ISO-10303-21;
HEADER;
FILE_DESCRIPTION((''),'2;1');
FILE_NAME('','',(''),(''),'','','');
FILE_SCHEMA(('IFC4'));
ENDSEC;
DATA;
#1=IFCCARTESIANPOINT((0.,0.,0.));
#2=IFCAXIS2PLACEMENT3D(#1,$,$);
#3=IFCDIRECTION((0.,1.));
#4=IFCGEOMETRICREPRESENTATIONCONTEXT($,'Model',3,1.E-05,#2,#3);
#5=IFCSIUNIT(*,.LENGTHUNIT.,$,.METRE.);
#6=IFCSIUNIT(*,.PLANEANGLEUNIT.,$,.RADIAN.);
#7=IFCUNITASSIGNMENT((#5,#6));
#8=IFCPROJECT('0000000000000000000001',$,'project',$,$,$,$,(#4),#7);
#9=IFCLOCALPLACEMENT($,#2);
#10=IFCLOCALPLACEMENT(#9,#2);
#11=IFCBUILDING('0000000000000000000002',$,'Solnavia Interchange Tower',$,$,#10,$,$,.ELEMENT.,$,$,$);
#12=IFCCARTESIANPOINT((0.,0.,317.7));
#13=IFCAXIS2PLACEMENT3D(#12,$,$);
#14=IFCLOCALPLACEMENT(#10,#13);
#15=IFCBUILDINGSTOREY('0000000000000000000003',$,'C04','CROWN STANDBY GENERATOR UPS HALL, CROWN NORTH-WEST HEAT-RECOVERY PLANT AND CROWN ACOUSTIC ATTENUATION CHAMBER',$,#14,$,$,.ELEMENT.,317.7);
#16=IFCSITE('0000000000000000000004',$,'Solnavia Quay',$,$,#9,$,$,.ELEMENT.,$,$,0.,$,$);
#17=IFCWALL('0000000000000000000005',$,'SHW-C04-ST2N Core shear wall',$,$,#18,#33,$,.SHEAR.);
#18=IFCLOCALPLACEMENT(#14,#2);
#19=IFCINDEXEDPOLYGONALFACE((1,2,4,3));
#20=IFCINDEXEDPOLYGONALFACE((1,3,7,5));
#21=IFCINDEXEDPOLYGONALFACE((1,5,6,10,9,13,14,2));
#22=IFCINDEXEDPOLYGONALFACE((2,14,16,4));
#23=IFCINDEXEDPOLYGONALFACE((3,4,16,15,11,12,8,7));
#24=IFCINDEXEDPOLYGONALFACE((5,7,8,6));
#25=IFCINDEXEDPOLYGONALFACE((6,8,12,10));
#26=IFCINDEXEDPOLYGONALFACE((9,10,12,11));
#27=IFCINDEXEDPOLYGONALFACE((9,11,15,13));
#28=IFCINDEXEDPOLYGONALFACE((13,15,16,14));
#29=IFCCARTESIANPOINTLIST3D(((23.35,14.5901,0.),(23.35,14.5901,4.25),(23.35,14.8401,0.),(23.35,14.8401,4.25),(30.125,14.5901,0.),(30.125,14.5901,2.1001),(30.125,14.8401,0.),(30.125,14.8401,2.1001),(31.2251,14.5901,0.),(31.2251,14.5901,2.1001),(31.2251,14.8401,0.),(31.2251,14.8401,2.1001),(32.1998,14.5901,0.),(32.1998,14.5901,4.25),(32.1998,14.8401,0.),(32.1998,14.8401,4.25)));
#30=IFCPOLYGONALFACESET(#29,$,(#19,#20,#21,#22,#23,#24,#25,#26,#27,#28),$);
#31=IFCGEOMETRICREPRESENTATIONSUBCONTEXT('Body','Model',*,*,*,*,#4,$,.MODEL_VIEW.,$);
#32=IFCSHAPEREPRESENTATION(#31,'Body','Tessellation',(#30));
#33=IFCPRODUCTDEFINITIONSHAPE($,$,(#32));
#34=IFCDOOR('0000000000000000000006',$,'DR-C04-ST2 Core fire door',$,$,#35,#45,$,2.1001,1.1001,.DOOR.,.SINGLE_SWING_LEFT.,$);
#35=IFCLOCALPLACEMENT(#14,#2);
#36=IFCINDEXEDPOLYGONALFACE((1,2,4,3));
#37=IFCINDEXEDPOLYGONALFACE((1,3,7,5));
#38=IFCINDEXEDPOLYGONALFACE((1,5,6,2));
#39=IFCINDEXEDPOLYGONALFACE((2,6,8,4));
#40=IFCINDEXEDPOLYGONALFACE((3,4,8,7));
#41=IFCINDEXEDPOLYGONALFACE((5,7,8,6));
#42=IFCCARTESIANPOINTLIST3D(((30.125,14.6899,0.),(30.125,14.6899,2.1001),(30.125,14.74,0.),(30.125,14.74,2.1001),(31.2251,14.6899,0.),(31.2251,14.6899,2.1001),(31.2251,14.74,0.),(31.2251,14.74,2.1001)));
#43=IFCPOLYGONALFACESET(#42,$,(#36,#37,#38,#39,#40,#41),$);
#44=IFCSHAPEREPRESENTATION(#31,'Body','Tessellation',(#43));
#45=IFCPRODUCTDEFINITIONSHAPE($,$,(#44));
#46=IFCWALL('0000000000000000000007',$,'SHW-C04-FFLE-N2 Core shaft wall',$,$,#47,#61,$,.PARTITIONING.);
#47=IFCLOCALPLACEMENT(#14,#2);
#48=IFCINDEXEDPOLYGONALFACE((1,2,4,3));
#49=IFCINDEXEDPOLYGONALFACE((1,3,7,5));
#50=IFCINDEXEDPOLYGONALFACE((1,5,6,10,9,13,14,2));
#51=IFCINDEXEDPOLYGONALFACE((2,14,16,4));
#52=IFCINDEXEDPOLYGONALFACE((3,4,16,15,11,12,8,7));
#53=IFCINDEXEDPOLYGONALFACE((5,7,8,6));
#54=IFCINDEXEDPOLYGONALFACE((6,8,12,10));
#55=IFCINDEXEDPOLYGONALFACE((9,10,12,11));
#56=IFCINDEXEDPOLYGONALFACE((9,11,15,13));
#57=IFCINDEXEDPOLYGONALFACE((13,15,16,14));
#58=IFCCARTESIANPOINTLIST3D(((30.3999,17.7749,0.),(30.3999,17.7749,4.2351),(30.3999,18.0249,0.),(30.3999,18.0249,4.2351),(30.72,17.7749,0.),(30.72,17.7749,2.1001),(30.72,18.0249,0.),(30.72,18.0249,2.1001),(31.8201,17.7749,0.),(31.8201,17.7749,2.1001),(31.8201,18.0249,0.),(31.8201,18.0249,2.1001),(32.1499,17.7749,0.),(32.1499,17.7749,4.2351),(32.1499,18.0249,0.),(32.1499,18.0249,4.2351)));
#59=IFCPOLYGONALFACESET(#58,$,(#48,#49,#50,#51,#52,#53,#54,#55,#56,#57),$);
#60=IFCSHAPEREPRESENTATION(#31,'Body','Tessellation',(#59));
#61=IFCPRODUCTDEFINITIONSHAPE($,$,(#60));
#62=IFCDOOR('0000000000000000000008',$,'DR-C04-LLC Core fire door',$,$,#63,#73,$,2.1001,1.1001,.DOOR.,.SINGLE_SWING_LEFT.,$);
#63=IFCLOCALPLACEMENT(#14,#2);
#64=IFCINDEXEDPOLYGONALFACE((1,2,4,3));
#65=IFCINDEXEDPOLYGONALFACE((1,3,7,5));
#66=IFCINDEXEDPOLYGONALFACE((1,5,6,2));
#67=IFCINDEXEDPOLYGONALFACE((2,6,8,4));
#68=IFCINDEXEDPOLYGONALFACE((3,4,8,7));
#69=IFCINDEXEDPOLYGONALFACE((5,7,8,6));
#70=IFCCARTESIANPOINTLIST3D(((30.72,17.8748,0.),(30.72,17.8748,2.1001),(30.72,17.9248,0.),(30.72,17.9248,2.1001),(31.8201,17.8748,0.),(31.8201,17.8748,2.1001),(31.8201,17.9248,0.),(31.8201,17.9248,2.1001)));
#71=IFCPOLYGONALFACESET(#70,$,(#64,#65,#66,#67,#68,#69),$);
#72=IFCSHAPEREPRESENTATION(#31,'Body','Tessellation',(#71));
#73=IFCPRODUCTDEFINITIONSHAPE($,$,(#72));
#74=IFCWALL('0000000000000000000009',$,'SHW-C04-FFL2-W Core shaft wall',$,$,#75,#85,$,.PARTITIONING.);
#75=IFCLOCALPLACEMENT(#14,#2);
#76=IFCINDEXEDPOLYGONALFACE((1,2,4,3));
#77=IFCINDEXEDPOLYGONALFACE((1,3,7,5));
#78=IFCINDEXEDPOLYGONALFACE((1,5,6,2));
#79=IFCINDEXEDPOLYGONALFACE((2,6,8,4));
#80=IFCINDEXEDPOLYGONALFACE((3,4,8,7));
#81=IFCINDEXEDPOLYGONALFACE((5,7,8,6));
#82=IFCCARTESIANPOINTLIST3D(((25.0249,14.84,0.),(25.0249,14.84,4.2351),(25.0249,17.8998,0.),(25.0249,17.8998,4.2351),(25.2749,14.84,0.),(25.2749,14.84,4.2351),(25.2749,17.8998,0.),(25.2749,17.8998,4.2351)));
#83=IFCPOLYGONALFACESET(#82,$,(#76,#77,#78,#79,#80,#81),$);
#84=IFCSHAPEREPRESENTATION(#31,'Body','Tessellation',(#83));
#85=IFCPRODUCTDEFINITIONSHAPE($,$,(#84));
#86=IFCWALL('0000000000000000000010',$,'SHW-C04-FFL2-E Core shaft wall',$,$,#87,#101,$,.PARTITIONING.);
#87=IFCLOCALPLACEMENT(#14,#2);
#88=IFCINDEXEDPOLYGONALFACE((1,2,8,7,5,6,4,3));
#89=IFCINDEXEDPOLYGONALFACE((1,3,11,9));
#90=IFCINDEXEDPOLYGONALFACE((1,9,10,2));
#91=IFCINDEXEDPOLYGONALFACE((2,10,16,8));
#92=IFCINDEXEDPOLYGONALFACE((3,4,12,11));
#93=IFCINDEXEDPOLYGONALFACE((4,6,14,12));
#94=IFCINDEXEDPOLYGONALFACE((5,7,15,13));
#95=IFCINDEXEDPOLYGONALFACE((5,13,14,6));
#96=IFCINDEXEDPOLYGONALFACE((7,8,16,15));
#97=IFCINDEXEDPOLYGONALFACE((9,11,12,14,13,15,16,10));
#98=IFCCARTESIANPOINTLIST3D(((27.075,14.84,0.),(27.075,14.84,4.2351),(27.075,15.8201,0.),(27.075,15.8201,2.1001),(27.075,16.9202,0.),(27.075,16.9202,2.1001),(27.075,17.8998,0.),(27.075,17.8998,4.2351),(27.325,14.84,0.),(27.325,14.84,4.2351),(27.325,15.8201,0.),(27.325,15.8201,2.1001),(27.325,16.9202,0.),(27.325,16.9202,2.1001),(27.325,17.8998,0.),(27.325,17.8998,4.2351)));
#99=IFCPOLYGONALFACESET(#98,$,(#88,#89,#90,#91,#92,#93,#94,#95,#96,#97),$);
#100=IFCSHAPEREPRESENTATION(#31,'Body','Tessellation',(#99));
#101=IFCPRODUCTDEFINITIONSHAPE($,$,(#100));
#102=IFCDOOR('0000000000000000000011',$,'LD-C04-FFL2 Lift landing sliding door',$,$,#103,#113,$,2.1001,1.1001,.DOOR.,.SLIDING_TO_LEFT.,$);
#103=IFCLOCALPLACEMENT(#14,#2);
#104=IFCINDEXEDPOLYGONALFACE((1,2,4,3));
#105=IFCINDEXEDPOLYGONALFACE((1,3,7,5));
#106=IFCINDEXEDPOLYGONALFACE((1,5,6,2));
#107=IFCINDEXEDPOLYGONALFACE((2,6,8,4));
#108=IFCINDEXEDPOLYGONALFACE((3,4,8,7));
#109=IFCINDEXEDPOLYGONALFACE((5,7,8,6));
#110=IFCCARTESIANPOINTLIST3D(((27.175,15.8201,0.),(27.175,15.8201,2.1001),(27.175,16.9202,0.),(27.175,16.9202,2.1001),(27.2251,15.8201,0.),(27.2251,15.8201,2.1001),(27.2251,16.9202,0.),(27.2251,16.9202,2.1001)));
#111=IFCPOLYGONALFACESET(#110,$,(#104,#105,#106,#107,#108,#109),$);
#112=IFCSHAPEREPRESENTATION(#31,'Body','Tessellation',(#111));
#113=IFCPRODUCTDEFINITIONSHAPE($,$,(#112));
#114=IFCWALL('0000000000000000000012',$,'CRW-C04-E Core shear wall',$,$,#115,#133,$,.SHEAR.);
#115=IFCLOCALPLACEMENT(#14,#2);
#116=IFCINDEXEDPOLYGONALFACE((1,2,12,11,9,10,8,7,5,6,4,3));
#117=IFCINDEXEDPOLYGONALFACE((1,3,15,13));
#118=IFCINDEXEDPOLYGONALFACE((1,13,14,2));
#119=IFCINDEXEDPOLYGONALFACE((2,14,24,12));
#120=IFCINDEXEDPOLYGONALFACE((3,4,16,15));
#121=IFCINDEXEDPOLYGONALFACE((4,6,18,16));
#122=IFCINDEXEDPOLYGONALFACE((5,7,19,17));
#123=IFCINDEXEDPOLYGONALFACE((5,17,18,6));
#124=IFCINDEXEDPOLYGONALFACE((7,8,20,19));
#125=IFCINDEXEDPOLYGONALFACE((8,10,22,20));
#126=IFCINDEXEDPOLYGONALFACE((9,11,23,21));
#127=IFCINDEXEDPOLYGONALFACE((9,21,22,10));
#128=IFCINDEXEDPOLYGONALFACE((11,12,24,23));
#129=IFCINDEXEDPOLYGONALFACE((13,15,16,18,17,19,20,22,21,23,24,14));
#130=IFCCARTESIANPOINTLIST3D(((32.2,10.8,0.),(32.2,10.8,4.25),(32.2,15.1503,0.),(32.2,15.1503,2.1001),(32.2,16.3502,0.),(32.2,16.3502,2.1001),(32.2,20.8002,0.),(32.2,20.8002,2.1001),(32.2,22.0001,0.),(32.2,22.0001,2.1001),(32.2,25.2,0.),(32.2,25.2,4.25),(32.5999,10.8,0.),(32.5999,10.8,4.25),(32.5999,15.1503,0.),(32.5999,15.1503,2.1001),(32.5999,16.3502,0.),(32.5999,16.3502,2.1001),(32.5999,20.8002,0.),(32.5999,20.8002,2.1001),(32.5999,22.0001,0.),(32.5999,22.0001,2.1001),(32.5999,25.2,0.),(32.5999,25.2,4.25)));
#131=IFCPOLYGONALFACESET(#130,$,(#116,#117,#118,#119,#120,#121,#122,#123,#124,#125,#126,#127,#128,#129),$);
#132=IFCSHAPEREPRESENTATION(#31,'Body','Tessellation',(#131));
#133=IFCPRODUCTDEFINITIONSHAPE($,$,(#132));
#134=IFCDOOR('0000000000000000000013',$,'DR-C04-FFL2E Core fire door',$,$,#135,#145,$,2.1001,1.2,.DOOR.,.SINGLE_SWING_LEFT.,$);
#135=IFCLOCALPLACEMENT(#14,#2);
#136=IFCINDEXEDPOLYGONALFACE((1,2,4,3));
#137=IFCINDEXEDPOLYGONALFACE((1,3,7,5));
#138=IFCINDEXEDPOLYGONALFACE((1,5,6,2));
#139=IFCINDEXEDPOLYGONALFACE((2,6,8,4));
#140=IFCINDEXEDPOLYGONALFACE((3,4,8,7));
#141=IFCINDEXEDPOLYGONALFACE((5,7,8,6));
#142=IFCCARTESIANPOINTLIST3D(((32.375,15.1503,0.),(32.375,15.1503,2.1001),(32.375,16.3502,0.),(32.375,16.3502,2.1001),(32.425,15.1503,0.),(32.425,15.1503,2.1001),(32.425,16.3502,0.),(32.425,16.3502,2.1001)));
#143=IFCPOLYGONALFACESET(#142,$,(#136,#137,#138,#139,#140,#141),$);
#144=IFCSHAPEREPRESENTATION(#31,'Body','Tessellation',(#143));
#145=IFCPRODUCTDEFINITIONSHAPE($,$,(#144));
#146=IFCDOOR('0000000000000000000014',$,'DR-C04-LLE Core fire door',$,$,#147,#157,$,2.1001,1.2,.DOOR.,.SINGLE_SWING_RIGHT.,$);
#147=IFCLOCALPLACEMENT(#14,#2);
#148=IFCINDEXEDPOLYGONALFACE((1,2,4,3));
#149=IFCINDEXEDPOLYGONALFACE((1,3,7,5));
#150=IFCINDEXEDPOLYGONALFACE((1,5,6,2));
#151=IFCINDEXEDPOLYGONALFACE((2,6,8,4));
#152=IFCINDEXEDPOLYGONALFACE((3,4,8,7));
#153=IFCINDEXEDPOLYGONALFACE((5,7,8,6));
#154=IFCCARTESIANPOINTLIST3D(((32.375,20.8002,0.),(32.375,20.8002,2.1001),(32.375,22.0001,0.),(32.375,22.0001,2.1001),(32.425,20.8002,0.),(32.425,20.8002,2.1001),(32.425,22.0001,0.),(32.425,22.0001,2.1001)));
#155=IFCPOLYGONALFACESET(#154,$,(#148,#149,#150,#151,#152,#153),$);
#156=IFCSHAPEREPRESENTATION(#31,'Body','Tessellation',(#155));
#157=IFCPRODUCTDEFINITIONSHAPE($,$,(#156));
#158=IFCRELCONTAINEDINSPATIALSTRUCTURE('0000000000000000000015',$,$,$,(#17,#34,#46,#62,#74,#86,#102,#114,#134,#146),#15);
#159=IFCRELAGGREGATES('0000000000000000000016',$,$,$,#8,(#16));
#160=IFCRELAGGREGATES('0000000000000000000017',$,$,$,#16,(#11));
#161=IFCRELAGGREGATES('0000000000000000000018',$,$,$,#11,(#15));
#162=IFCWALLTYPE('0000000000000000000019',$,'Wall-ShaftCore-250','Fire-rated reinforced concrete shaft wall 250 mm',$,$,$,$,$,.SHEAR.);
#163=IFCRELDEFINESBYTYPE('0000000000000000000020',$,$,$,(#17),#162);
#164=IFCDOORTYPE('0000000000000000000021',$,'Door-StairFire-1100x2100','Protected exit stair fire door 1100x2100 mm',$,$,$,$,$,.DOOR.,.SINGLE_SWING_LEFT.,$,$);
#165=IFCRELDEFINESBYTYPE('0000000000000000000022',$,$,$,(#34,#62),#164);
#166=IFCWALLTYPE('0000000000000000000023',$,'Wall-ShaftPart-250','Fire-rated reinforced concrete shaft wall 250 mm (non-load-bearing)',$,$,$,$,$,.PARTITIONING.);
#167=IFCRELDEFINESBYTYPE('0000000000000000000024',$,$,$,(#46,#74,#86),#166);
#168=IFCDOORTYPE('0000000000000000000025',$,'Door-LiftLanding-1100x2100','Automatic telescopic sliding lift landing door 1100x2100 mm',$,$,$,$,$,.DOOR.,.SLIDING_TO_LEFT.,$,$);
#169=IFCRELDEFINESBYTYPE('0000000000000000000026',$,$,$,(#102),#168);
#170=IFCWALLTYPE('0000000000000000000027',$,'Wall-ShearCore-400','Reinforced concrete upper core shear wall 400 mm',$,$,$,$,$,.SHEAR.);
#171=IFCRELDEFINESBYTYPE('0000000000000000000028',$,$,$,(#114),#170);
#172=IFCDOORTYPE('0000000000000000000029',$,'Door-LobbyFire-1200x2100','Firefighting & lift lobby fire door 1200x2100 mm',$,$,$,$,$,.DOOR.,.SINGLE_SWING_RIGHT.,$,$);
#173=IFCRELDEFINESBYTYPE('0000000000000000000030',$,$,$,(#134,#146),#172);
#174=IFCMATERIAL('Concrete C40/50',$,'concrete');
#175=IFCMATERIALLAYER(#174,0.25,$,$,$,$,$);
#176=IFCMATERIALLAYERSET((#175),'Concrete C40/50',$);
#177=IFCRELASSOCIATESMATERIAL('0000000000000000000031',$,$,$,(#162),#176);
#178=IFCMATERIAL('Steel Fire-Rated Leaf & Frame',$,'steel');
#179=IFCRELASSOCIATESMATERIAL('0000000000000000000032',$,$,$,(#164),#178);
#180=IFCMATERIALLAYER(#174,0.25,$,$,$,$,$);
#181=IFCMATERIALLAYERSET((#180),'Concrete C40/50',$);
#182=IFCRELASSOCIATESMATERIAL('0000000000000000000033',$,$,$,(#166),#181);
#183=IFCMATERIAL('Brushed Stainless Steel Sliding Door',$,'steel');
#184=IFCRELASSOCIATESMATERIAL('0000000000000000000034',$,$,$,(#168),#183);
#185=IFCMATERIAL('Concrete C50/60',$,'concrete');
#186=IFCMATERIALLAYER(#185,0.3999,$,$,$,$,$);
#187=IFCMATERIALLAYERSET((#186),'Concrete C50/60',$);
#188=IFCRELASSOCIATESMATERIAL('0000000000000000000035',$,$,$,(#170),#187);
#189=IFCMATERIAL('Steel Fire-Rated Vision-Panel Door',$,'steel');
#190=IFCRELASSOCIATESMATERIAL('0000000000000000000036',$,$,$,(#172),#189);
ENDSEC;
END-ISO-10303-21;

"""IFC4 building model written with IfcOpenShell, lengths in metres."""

from ifc_helpers import new_model, si_unit, direction, frame, frame_2d, origin, place, context, subcontext, project, spatial, rectangle, extrude, material, layer, layer_set, type_object, element, fill, save


model = new_model("IFC4")

# Units and contexts
model_context = context("Model", 3, precision=1e-05, world=origin(), true_north=direction((0.0, 1.0)))
body_context = subcontext(model_context, "Body", "Model", "MODEL_VIEW")
ifc_project = project(units=[si_unit("LENGTHUNIT", "METRE"), si_unit("PLANEANGLEUNIT", "RADIAN")], contexts=[model_context])

# Site, building, storey
site_placement = place(None, origin())
site = spatial("IfcSite", under=ifc_project, at=site_placement, Name="Solnavia Quay", CompositionType="ELEMENT", RefElevation=0.0)
building_placement = place(site_placement, origin())
building = spatial("IfcBuilding", under=site, at=building_placement, Name="Solnavia Interchange Tower", CompositionType="ELEMENT")
storey_placement = place(building_placement, frame((0.0, 0.0, 317.7)))
storey = spatial("IfcBuildingStorey", under=building, at=storey_placement, Name="C04", Description="CROWN STANDBY GENERATOR UPS HALL, CROWN NORTH-WEST HEAT-RECOVERY PLANT AND CROWN ACOUSTIC ATTENUATION CHAMBER", CompositionType="ELEMENT", Elevation=317.7)

# Shared definitions
ifc_material_1 = material(Name="Concrete C40/50", Category="concrete")

# Shared definitions
ifc_layer_1 = layer(ifc_material_1, 0.25)
ifc_layer_set_1 = layer_set([ifc_layer_1], Name="Concrete C40/50")
wall_type_1 = type_object("IfcWallType", Name="Wall-ShaftCore-250", Description="Fire-rated reinforced concrete shaft wall 250 mm", PredefinedType="SHEAR", material=ifc_layer_set_1)

# Walls, openings, doors
wall_1_placement = place(storey_placement, frame((23.3501, 14.7151, 0.0), z_axis=(0.0, 0.0, 1.0), x_axis=(1.0, 0.0, 0.0)))
wall_1 = element("IfcWall", 1, at=wall_1_placement, inside=storey, type_object=wall_type_1, Name="SHW-C04-ST2N Core shear wall", PredefinedType="SHEAR", context=body_context, shape_type="SweptSolid", body=[
    extrude(rectangle(XDim=8.8499, YDim=0.25, at=frame_2d((4.4248, 0.0))), origin(), (0.0, 0.0, 1.0), 4.25),
])
opening_1_placement = place(wall_1_placement, frame((6.7749, 0.0, 0.0)))
opening_1 = element("IfcOpeningElement", 2, at=opening_1_placement, cuts=wall_1, PredefinedType="OPENING", context=body_context, shape_type="SweptSolid", body=[
    extrude(rectangle(XDim=1.1001, YDim=2.1001, at=frame_2d((0.55, 1.05))), frame((0.0, 0.135, 0.0), z_axis=(0.0, -1.0, 0.0), x_axis=(1.0, 0.0, 0.0)), (0.0, 0.0, 1.0), 0.27),
])
ifc_material_2 = material(Name="Steel Fire-Rated Leaf & Frame", Category="steel")
door_type_1 = type_object("IfcDoorType", Name="Door-StairFire-1100x2100", Description="Protected exit stair fire door 1100x2100 mm", OperationType="SINGLE_SWING_LEFT", PredefinedType="DOOR", material=ifc_material_2)
door_1_placement = place(opening_1_placement, origin())
door_1 = element("IfcDoor", 3, at=door_1_placement, inside=storey, type_object=door_type_1, Name="DR-C04-ST2 Core fire door", OperationType="SINGLE_SWING_LEFT", OverallHeight=2.1001, OverallWidth=1.1001, PredefinedType="DOOR", context=body_context, shape_type="SweptSolid", body=[
    extrude(rectangle(XDim=1.1001, YDim=2.1001, at=frame_2d((0.55, 1.05))), frame((0.0, 0.0249, 0.0), z_axis=(0.0, -1.0, 0.0), x_axis=(1.0, 0.0, 0.0)), (0.0, 0.0, 1.0), 0.05),
])
fill(opening_1, door_1)
ifc_layer_2 = layer(ifc_material_1, 0.25)
ifc_layer_set_2 = layer_set([ifc_layer_2], Name="Concrete C40/50")
wall_type_2 = type_object("IfcWallType", Name="Wall-ShaftPart-250", Description="Fire-rated reinforced concrete shaft wall 250 mm (non-load-bearing)", PredefinedType="PARTITIONING", material=ifc_layer_set_2)
wall_2_placement = place(storey_placement, frame((30.3999, 17.8999, 0.0), z_axis=(0.0, 0.0, 1.0), x_axis=(1.0, 0.0, 0.0)))
wall_2 = element("IfcWall", 4, at=wall_2_placement, inside=storey, type_object=wall_type_2, Name="SHW-C04-FFLE-N2 Core shaft wall", PredefinedType="PARTITIONING", context=body_context, shape_type="SweptSolid", body=[
    extrude(rectangle(XDim=1.75, YDim=0.25, at=frame_2d((0.875, 0.0))), origin(), (0.0, 0.0, 1.0), 4.2351),
])
opening_2_placement = place(wall_2_placement, frame((0.3201, 0.0, 0.0)))
opening_2 = element("IfcOpeningElement", 5, at=opening_2_placement, cuts=wall_2, PredefinedType="OPENING", context=body_context, shape_type="SweptSolid", body=[
    extrude(rectangle(XDim=1.1001, YDim=2.1001, at=frame_2d((0.55, 1.05))), frame((0.0, 0.135, 0.0), z_axis=(0.0, -1.0, 0.0), x_axis=(1.0, 0.0, 0.0)), (0.0, 0.0, 1.0), 0.27),
])
door_2_placement = place(opening_2_placement, origin())
door_2 = element("IfcDoor", 6, at=door_2_placement, inside=storey, type_object=door_type_1, Name="DR-C04-LLC Core fire door", OperationType="SINGLE_SWING_LEFT", OverallHeight=2.1001, OverallWidth=1.1001, PredefinedType="DOOR", context=body_context, shape_type="SweptSolid", body=[
    extrude(rectangle(XDim=1.1001, YDim=2.1001, at=frame_2d((0.55, 1.05))), frame((0.0, 0.0249, 0.0), z_axis=(0.0, -1.0, 0.0), x_axis=(1.0, 0.0, 0.0)), (0.0, 0.0, 1.0), 0.05),
])
fill(opening_2, door_2)

# Wall
wall_3_placement = place(storey_placement, frame((25.1499, 14.8401, 0.0), z_axis=(0.0, 0.0, 1.0), x_axis=(0.0, 1.0, 0.0)))
element("IfcWall", 7, at=wall_3_placement, inside=storey, type_object=wall_type_2, Name="SHW-C04-FFL2-W Core shaft wall", PredefinedType="PARTITIONING", context=body_context, shape_type="SweptSolid", body=[
    extrude(rectangle(XDim=3.0598, YDim=0.25, at=frame_2d((1.5298, 0.0))), origin(), (0.0, 0.0, 1.0), 4.2351),
])

# Wall, opening, door
wall_4_placement = place(storey_placement, frame((27.2, 14.8401, 0.0), z_axis=(0.0, 0.0, 1.0), x_axis=(0.0, 1.0, 0.0)))
wall_4 = element("IfcWall", 8, at=wall_4_placement, inside=storey, type_object=wall_type_2, Name="SHW-C04-FFL2-E Core shaft wall", PredefinedType="PARTITIONING", context=body_context, shape_type="SweptSolid", body=[
    extrude(rectangle(XDim=3.0598, YDim=0.25, at=frame_2d((1.5298, 0.0))), origin(), (0.0, 0.0, 1.0), 4.2351),
])
opening_3_placement = place(wall_4_placement, frame((0.98, 0.0, 0.0)))
opening_3 = element("IfcOpeningElement", 9, at=opening_3_placement, cuts=wall_4, PredefinedType="OPENING", context=body_context, shape_type="SweptSolid", body=[
    extrude(rectangle(XDim=1.1001, YDim=2.1001, at=frame_2d((0.55, 1.05))), frame((0.0, 0.135, 0.0), z_axis=(0.0, -1.0, 0.0), x_axis=(1.0, 0.0, 0.0)), (0.0, 0.0, 1.0), 0.27),
])
ifc_material_3 = material(Name="Brushed Stainless Steel Sliding Door", Category="steel")
door_type_2 = type_object("IfcDoorType", Name="Door-LiftLanding-1100x2100", Description="Automatic telescopic sliding lift landing door 1100x2100 mm", OperationType="SLIDING_TO_LEFT", PredefinedType="DOOR", material=ifc_material_3)
door_3_placement = place(opening_3_placement, origin())
door_3 = element("IfcDoor", 10, at=door_3_placement, inside=storey, type_object=door_type_2, Name="LD-C04-FFL2 Lift landing sliding door", OperationType="SLIDING_TO_LEFT", OverallHeight=2.1001, OverallWidth=1.1001, PredefinedType="DOOR", context=body_context, shape_type="SweptSolid", body=[
    extrude(rectangle(XDim=1.1001, YDim=2.1001, at=frame_2d((0.55, 1.05))), frame((0.0, 0.0249, 0.0), z_axis=(0.0, -1.0, 0.0), x_axis=(1.0, 0.0, 0.0)), (0.0, 0.0, 1.0), 0.05),
])
fill(opening_3, door_3)

# Wall, openings, doors
ifc_material_4 = material(Name="Concrete C50/60", Category="concrete")
ifc_layer_3 = layer(ifc_material_4, 0.3999)
ifc_layer_set_3 = layer_set([ifc_layer_3], Name="Concrete C50/60")
wall_type_3 = type_object("IfcWallType", Name="Wall-ShearCore-400", Description="Reinforced concrete upper core shear wall 400 mm", PredefinedType="SHEAR", material=ifc_layer_set_3)
wall_5_placement = place(storey_placement, frame((32.3999, 10.8, 0.0), z_axis=(0.0, 0.0, 1.0), x_axis=(0.0, 1.0, 0.0)))
wall_5 = element("IfcWall", 11, at=wall_5_placement, inside=storey, type_object=wall_type_3, Name="CRW-C04-E Core shear wall", PredefinedType="SHEAR", context=body_context, shape_type="SweptSolid", body=[
    extrude(rectangle(XDim=14.3999, YDim=0.3999, at=frame_2d((7.2, 0.0))), origin(), (0.0, 0.0, 1.0), 4.25),
])
opening_4_placement = place(wall_5_placement, frame((4.3501, 0.0, 0.0)))
opening_4 = element("IfcOpeningElement", 12, at=opening_4_placement, cuts=wall_5, PredefinedType="OPENING", context=body_context, shape_type="SweptSolid", body=[
    extrude(rectangle(XDim=1.2, YDim=2.1001, at=frame_2d((0.6001, 1.05))), frame((0.0, 0.21, 0.0), z_axis=(0.0, -1.0, 0.0), x_axis=(1.0, 0.0, 0.0)), (0.0, 0.0, 1.0), 0.4199),
])
opening_5_placement = place(wall_5_placement, frame((10.0, 0.0, 0.0)))
opening_5 = element("IfcOpeningElement", 13, at=opening_5_placement, cuts=wall_5, PredefinedType="OPENING", context=body_context, shape_type="SweptSolid", body=[
    extrude(rectangle(XDim=1.2, YDim=2.1001, at=frame_2d((0.6001, 1.05))), frame((0.0, 0.21, 0.0), z_axis=(0.0, -1.0, 0.0), x_axis=(1.0, 0.0, 0.0)), (0.0, 0.0, 1.0), 0.4199),
])
ifc_material_5 = material(Name="Steel Fire-Rated Vision-Panel Door", Category="steel")
door_type_3 = type_object("IfcDoorType", Name="Door-LobbyFire-1200x2100", Description="Firefighting & lift lobby fire door 1200x2100 mm", OperationType="SINGLE_SWING_RIGHT", PredefinedType="DOOR", material=ifc_material_5)
door_4_placement = place(opening_4_placement, origin())
door_4 = element("IfcDoor", 14, at=door_4_placement, inside=storey, type_object=door_type_3, Name="DR-C04-FFL2E Core fire door", OperationType="SINGLE_SWING_LEFT", OverallHeight=2.1001, OverallWidth=1.2, PredefinedType="DOOR", context=body_context, shape_type="SweptSolid", body=[
    extrude(rectangle(XDim=1.2, YDim=2.1001, at=frame_2d((0.6001, 1.05))), frame((0.0, 0.0249, 0.0), z_axis=(0.0, -1.0, 0.0), x_axis=(1.0, 0.0, 0.0)), (0.0, 0.0, 1.0), 0.05),
])
fill(opening_4, door_4)
door_5_placement = place(opening_5_placement, origin())
door_5 = element("IfcDoor", 15, at=door_5_placement, inside=storey, type_object=door_type_3, Name="DR-C04-LLE Core fire door", OperationType="SINGLE_SWING_RIGHT", OverallHeight=2.1001, OverallWidth=1.2, PredefinedType="DOOR", context=body_context, shape_type="SweptSolid", body=[
    extrude(rectangle(XDim=1.2, YDim=2.1001, at=frame_2d((0.6001, 1.05))), frame((0.0, 0.0249, 0.0), z_axis=(0.0, -1.0, 0.0), x_axis=(1.0, 0.0, 0.0)), (0.0, 0.0, 1.0), 0.05),
])
fill(opening_5, door_5)

save(model, "model.ifc")
